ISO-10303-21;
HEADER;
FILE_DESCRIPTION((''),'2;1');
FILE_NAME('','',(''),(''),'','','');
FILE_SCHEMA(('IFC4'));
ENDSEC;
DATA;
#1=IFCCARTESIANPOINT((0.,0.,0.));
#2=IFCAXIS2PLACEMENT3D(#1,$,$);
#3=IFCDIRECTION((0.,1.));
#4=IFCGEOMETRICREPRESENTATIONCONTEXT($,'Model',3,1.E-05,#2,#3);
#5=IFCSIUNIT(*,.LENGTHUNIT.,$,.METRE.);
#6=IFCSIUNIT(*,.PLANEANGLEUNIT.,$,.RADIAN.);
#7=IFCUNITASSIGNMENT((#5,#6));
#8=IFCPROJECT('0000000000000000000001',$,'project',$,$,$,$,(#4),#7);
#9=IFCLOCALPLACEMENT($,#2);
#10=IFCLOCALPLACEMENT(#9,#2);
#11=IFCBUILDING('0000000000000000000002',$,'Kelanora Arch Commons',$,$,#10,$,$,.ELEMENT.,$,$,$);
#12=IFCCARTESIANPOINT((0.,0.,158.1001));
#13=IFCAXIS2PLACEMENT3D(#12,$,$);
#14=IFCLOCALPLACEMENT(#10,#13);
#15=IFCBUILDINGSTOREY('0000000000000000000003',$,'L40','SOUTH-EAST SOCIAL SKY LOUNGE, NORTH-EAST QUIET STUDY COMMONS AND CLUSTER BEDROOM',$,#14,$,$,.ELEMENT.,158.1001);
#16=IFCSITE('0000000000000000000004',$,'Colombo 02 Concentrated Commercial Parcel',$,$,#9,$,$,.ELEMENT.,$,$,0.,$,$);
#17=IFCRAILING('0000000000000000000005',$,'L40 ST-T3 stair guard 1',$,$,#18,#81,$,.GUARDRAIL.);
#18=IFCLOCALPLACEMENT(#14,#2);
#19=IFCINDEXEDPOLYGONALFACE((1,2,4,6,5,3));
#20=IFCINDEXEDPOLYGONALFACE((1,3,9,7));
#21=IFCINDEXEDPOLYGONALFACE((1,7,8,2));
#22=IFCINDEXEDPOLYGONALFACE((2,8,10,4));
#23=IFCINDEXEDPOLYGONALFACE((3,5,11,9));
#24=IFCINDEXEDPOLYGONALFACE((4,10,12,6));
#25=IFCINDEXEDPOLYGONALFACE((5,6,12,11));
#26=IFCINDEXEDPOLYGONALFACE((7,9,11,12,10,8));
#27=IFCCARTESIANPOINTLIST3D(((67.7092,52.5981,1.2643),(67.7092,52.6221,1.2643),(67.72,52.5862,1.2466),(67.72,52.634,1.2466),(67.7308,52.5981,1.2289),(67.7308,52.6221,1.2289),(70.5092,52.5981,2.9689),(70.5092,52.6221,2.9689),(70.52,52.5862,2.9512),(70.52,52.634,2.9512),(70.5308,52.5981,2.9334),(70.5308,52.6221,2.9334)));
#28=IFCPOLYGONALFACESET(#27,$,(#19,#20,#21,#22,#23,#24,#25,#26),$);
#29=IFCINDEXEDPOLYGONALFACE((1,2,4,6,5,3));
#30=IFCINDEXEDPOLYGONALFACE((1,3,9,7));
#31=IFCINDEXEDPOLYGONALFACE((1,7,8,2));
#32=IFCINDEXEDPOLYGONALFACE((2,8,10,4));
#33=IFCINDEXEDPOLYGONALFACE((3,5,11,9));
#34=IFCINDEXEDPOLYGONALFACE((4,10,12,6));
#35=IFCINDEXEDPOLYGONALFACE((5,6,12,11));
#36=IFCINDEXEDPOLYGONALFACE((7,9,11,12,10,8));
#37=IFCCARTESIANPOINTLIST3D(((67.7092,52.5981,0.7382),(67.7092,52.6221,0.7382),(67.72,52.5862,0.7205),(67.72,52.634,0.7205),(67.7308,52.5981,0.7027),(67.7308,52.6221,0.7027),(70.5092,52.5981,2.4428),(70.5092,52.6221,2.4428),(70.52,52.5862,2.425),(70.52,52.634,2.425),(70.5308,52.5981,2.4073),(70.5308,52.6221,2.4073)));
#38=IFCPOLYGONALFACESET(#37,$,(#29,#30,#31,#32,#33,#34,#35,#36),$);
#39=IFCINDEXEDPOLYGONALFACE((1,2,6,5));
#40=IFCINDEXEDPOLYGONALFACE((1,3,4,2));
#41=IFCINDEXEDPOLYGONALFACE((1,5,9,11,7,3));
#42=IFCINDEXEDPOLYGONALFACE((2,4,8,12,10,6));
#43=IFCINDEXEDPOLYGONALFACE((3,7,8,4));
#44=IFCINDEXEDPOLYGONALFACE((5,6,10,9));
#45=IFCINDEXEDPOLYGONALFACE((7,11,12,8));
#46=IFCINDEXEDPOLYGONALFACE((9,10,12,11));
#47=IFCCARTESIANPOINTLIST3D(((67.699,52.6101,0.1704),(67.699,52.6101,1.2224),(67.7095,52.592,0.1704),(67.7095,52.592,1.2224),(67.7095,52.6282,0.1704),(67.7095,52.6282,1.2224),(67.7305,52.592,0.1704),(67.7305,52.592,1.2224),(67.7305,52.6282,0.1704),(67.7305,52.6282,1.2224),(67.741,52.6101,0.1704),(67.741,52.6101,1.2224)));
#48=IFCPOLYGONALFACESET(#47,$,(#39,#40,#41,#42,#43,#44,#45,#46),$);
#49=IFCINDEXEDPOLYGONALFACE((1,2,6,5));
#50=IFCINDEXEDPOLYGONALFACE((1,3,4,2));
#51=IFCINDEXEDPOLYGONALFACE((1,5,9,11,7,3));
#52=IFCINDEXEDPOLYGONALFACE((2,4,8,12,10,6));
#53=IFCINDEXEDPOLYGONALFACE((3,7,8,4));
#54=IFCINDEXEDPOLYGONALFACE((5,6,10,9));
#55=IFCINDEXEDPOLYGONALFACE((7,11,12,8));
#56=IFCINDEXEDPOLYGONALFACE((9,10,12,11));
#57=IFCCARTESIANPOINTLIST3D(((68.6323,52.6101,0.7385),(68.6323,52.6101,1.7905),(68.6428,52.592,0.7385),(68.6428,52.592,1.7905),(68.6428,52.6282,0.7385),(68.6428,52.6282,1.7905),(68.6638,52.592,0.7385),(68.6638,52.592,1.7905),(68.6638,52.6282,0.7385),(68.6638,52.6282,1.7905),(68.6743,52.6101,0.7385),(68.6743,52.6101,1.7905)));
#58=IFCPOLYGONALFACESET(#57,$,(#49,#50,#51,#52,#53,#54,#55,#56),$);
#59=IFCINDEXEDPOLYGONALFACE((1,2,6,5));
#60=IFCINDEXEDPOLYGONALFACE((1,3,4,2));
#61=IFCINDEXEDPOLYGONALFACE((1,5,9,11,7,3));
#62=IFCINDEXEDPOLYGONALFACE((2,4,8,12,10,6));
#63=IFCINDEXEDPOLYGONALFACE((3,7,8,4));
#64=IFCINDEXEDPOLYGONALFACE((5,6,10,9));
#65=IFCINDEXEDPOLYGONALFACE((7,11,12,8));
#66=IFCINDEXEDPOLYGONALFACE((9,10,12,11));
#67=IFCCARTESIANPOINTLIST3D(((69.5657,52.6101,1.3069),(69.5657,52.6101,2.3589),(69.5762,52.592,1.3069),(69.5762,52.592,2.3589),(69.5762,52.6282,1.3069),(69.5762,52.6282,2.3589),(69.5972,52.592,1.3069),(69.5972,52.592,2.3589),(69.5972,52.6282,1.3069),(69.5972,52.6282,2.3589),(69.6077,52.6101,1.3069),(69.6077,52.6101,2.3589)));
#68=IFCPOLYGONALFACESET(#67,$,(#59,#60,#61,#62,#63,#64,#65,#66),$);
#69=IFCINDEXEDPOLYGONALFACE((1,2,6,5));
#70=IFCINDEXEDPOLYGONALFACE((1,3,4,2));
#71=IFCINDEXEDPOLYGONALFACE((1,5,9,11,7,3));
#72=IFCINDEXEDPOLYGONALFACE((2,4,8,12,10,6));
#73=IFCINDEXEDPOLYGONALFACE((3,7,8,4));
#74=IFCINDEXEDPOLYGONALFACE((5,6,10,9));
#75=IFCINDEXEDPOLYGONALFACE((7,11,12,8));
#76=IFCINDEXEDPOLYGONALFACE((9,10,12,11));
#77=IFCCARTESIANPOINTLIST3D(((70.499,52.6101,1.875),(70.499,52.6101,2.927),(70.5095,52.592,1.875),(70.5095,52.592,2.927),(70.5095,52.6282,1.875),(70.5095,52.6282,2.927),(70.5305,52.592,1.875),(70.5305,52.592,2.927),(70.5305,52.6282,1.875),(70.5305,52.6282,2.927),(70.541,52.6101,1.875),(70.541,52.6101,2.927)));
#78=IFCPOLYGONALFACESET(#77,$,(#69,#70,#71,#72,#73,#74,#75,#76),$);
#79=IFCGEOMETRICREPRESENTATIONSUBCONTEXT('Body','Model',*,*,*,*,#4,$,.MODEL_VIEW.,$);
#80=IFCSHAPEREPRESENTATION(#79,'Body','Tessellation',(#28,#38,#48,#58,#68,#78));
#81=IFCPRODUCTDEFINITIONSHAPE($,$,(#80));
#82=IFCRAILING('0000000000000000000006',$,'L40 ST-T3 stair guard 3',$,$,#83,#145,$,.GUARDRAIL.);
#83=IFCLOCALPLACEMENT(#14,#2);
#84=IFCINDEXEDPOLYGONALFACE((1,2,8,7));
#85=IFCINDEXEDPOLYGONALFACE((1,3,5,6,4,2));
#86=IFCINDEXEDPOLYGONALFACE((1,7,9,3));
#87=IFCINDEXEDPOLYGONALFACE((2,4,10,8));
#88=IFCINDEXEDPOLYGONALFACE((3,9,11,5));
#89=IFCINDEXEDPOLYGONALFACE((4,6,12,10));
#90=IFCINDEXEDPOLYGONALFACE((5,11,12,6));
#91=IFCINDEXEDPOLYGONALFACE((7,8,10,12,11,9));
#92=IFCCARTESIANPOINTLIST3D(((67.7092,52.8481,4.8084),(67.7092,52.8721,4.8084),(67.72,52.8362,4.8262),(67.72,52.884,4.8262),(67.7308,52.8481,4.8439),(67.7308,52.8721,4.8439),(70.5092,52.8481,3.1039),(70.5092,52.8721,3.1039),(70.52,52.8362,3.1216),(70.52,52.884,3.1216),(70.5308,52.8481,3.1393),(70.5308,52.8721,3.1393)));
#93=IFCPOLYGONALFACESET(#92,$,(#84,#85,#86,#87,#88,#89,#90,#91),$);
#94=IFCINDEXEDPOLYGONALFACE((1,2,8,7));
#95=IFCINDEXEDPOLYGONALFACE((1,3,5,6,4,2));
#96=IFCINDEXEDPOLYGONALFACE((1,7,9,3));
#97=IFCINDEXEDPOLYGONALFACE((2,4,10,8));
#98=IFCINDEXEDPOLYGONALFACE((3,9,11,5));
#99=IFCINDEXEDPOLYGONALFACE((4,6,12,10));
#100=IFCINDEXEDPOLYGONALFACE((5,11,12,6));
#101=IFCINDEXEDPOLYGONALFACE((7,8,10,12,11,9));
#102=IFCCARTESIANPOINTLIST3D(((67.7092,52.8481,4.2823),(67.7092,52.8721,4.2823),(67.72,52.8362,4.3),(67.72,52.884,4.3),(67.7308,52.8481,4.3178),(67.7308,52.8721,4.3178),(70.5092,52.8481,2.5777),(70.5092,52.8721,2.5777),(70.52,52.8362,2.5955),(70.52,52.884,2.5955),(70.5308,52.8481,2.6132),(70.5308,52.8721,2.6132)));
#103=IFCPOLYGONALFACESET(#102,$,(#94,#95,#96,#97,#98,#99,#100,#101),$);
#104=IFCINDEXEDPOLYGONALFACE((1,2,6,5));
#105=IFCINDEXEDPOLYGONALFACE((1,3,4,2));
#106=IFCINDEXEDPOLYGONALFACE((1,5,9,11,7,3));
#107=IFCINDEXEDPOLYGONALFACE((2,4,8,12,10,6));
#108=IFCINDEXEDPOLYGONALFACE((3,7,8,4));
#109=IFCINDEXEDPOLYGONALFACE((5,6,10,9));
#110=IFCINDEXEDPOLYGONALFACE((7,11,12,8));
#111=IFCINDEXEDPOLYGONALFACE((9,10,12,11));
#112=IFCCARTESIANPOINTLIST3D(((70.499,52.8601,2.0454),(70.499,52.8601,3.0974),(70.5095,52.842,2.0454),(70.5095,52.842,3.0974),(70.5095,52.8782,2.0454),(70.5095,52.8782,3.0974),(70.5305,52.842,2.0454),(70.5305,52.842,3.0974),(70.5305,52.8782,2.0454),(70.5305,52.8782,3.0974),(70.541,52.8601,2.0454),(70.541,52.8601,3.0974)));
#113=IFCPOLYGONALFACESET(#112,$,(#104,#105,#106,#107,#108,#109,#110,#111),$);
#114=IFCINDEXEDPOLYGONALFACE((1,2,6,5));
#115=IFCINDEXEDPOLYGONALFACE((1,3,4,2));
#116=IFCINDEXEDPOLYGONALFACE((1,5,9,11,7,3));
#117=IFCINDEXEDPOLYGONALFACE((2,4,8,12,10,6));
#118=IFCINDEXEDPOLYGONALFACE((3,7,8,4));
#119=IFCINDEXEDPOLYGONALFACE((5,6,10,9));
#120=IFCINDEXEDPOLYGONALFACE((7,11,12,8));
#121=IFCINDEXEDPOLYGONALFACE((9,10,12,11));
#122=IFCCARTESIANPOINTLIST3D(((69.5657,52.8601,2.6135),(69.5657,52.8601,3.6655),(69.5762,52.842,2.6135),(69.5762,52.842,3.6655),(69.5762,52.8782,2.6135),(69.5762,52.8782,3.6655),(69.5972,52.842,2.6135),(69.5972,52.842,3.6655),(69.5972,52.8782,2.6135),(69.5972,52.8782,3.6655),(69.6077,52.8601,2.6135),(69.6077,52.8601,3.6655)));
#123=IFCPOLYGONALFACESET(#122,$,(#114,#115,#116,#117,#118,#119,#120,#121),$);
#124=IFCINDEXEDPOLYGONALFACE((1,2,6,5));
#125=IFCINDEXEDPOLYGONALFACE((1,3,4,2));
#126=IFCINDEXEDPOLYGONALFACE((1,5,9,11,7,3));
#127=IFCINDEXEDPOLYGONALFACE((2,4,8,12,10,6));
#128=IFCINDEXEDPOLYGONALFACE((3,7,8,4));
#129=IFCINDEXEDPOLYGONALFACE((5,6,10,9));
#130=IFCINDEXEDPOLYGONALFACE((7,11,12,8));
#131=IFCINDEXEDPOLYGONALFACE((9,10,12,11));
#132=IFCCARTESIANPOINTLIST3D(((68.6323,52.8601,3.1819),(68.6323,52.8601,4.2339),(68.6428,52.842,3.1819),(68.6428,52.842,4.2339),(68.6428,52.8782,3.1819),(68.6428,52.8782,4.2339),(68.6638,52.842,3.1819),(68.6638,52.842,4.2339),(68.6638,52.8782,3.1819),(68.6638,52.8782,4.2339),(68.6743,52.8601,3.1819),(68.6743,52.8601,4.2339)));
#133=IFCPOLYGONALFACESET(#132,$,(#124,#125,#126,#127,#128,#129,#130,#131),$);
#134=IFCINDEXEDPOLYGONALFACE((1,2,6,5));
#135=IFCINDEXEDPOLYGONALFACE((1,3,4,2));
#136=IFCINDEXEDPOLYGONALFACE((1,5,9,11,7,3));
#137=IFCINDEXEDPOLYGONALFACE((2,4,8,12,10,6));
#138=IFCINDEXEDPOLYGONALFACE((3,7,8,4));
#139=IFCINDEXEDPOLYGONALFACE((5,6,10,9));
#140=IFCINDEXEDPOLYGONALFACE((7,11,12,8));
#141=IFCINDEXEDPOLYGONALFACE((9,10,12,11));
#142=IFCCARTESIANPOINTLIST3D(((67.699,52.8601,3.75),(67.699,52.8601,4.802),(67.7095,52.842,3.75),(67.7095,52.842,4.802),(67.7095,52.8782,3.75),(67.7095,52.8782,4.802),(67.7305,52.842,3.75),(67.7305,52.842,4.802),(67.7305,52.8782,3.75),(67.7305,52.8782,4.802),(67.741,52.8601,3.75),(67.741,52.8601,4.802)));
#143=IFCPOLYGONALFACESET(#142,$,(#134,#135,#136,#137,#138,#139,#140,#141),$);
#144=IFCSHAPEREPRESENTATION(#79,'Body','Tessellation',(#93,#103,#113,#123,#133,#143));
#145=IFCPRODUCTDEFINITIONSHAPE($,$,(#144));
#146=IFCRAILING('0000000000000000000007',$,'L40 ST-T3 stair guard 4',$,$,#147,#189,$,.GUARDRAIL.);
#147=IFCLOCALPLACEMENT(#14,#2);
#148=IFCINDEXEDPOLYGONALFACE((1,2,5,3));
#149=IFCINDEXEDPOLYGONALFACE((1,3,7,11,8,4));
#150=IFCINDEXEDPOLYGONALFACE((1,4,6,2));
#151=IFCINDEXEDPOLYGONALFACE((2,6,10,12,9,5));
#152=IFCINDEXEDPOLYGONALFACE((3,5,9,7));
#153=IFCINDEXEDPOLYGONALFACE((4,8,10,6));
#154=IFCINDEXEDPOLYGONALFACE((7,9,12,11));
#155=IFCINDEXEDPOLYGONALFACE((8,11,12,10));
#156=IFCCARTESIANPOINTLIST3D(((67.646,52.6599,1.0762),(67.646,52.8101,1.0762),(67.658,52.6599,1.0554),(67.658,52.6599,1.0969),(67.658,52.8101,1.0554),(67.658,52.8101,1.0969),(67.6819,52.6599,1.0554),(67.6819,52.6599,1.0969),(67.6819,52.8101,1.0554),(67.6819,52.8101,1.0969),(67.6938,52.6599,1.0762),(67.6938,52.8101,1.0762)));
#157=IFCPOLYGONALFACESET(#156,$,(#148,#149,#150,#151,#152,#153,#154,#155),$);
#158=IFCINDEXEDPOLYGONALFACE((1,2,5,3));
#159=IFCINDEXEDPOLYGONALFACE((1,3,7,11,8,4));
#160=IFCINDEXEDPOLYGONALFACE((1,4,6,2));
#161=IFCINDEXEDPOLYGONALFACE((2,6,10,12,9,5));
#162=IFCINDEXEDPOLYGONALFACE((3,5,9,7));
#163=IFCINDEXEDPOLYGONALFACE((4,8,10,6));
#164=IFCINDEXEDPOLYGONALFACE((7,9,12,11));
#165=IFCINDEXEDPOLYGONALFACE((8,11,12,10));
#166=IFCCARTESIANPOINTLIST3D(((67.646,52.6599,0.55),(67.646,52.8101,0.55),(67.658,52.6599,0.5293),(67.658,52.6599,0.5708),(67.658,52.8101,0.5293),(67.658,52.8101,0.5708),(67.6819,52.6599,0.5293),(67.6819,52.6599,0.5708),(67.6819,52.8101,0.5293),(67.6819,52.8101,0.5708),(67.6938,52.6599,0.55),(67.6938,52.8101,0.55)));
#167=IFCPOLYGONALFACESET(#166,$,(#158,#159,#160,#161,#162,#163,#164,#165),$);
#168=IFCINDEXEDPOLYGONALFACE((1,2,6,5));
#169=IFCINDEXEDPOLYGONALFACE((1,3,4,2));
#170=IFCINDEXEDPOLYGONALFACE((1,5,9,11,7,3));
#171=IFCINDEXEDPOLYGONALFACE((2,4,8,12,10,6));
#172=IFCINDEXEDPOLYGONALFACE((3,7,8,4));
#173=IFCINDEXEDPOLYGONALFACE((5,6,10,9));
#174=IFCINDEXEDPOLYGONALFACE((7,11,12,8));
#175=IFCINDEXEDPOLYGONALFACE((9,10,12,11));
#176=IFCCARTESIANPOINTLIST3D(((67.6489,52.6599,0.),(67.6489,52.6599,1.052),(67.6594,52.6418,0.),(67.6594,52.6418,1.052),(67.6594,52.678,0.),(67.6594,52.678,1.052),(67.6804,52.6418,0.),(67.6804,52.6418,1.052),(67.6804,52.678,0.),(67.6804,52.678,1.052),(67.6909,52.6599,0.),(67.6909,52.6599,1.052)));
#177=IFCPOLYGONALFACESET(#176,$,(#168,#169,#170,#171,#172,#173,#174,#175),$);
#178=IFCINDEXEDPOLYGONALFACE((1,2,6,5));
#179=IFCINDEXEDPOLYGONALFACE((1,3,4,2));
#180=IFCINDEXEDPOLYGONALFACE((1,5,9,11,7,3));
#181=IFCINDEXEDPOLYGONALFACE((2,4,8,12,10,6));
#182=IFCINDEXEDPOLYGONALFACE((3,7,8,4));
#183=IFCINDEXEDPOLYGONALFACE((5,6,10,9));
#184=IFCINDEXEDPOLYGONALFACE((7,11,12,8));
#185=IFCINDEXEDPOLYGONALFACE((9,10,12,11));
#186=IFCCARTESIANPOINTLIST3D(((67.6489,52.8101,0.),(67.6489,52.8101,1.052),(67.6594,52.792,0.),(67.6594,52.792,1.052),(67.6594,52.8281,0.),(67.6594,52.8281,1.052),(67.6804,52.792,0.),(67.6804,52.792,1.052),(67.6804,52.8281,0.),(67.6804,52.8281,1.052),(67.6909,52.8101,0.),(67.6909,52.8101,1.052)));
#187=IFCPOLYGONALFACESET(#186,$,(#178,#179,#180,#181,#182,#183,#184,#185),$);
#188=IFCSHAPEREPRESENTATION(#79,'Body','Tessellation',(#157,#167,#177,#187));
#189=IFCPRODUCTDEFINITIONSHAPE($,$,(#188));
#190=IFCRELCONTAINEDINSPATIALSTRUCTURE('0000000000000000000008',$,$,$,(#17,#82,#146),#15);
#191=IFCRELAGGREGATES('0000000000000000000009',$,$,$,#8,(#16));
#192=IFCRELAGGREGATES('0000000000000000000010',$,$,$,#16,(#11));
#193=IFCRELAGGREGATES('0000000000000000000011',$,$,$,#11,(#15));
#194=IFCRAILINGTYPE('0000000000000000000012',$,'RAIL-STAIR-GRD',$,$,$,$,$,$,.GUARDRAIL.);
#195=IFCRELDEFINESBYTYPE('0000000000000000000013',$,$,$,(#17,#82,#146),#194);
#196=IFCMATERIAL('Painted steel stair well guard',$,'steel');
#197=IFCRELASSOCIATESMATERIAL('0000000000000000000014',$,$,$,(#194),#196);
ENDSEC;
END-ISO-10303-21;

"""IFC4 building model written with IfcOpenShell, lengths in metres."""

from ifc_helpers import new_model, si_unit, direction, frame, origin, place, context, subcontext, project, spatial, polyline, outline, extrude, material, type_object, element, save


model = new_model("IFC4")

# Units and contexts
model_context = context("Model", 3, precision=1e-05, world=origin(), true_north=direction((0.0, 1.0)))
body_context = subcontext(model_context, "Body", "Model", "MODEL_VIEW")
ifc_project = project(units=[si_unit("LENGTHUNIT", "METRE"), si_unit("PLANEANGLEUNIT", "RADIAN")], contexts=[model_context])

# Site, building, storey
site_placement = place(None, origin())
site = spatial("IfcSite", under=ifc_project, at=site_placement, Name="Colombo 02 Concentrated Commercial Parcel", CompositionType="ELEMENT", RefElevation=0.0)
building_placement = place(site_placement, origin())
building = spatial("IfcBuilding", under=site, at=building_placement, Name="Kelanora Arch Commons", CompositionType="ELEMENT")
storey_placement = place(building_placement, frame((0.0, 0.0, 158.1001)))
storey = spatial("IfcBuildingStorey", under=building, at=storey_placement, Name="L40", Description="SOUTH-EAST SOCIAL SKY LOUNGE, NORTH-EAST QUIET STUDY COMMONS AND CLUSTER BEDROOM", CompositionType="ELEMENT", Elevation=158.1001)

# Railings
ifc_material_1 = material(Name="Painted steel stair well guard", Category="steel")
railing_type_1 = type_object("IfcRailingType", Name="RAIL-STAIR-GRD", PredefinedType="GUARDRAIL", material=ifc_material_1)
railing_1_placement = place(storey_placement, frame((67.72, 52.6101, 0.1704)))
element("IfcRailing", 1, at=railing_1_placement, inside=storey, type_object=railing_type_1, Name="L40 ST-T3 stair guard 1", PredefinedType="GUARDRAIL", context=body_context, shape_type="SweptSolid", body=[
    extrude(outline(polyline([(0.0239, 0.0), (0.012, 0.0208), (-0.012, 0.0208), (-0.0239, 0.0), (-0.012, -0.0208), (0.012, -0.0208), (0.0239, 0.0)])), frame((0.0, 0.0, 1.0762), z_axis=(0.85417, 0.0, 0.519994), x_axis=(0.0, 1.0, 0.0)), (0.0, 0.0, 1.0), 3.2781),
    extrude(outline(polyline([(0.0239, 0.0), (0.012, 0.0208), (-0.012, 0.0208), (-0.0239, 0.0), (-0.012, -0.0208), (0.012, -0.0208), (0.0239, 0.0)])), frame((0.0, 0.0, 0.55), z_axis=(0.85417, 0.0, 0.519994), x_axis=(0.0, 1.0, 0.0)), (0.0, 0.0, 1.0), 3.2781),
    extrude(outline(polyline([(0.021, 0.0), (0.0105, 0.0181), (-0.0105, 0.0181), (-0.021, 0.0), (-0.0105, -0.0181), (0.0105, -0.0181), (0.021, 0.0)])), origin(), (0.0, 0.0, 1.0), 1.052),
    extrude(outline(polyline([(0.021, 0.0), (0.0105, 0.0181), (-0.0105, 0.0181), (-0.021, 0.0), (-0.0105, -0.0181), (0.0105, -0.0181), (0.021, 0.0)])), frame((0.9333, 0.0, 0.5681)), (0.0, 0.0, 1.0), 1.052),
    extrude(outline(polyline([(0.021, 0.0), (0.0105, 0.0181), (-0.0105, 0.0181), (-0.021, 0.0), (-0.0105, -0.0181), (0.0105, -0.0181), (0.021, 0.0)])), frame((1.8667, 0.0, 1.1365)), (0.0, 0.0, 1.0), 1.052),
    extrude(outline(polyline([(0.021, 0.0), (0.0105, 0.0181), (-0.0105, 0.0181), (-0.021, 0.0), (-0.0105, -0.0181), (0.0105, -0.0181), (0.021, 0.0)])), frame((2.8, 0.0, 1.7046)), (0.0, 0.0, 1.0), 1.052),
])
railing_2_placement = place(storey_placement, frame((70.52, 52.8601, 2.0454)))
element("IfcRailing", 2, at=railing_2_placement, inside=storey, type_object=railing_type_1, Name="L40 ST-T3 stair guard 3", PredefinedType="GUARDRAIL", context=body_context, shape_type="SweptSolid", body=[
    extrude(outline(polyline([(0.0239, 0.0), (0.012, 0.0208), (-0.012, 0.0208), (-0.0239, 0.0), (-0.012, -0.0208), (0.012, -0.0208), (0.0239, 0.0)])), frame((0.0, 0.0, 1.0762), z_axis=(-0.85417, 0.0, 0.519994), x_axis=(0.0, -1.0, 0.0)), (0.0, 0.0, 1.0), 3.2781),
    extrude(outline(polyline([(0.0239, 0.0), (0.012, 0.0208), (-0.012, 0.0208), (-0.0239, 0.0), (-0.012, -0.0208), (0.012, -0.0208), (0.0239, 0.0)])), frame((0.0, 0.0, 0.55), z_axis=(-0.85417, 0.0, 0.519994), x_axis=(0.0, -1.0, 0.0)), (0.0, 0.0, 1.0), 3.2781),
    extrude(outline(polyline([(0.021, 0.0), (0.0105, 0.0181), (-0.0105, 0.0181), (-0.021, 0.0), (-0.0105, -0.0181), (0.0105, -0.0181), (0.021, 0.0)])), origin(), (0.0, 0.0, 1.0), 1.052),
    extrude(outline(polyline([(0.021, 0.0), (0.0105, 0.0181), (-0.0105, 0.0181), (-0.021, 0.0), (-0.0105, -0.0181), (0.0105, -0.0181), (0.021, 0.0)])), frame((-0.9333, 0.0, 0.5681)), (0.0, 0.0, 1.0), 1.052),
    extrude(outline(polyline([(0.021, 0.0), (0.0105, 0.0181), (-0.0105, 0.0181), (-0.021, 0.0), (-0.0105, -0.0181), (0.0105, -0.0181), (0.021, 0.0)])), frame((-1.8667, 0.0, 1.1365)), (0.0, 0.0, 1.0), 1.052),
    extrude(outline(polyline([(0.021, 0.0), (0.0105, 0.0181), (-0.0105, 0.0181), (-0.021, 0.0), (-0.0105, -0.0181), (0.0105, -0.0181), (0.021, 0.0)])), frame((-2.8, 0.0, 1.7046)), (0.0, 0.0, 1.0), 1.052),
])
railing_3_placement = place(storey_placement, frame((67.6699, 52.6599, 0.0)))
element("IfcRailing", 3, at=railing_3_placement, inside=storey, type_object=railing_type_1, Name="L40 ST-T3 stair guard 4", PredefinedType="GUARDRAIL", context=body_context, shape_type="SweptSolid", body=[
    extrude(outline(polyline([(0.0239, 0.0), (0.012, 0.0208), (-0.012, 0.0208), (-0.0239, 0.0), (-0.012, -0.0208), (0.012, -0.0208), (0.0239, 0.0)])), frame((0.0, 0.0, 1.0762), z_axis=(0.0, 1.0, 0.0), x_axis=(-1.0, 0.0, 0.0)), (0.0, 0.0, 1.0), 0.1501),
    extrude(outline(polyline([(0.0239, 0.0), (0.012, 0.0208), (-0.012, 0.0208), (-0.0239, 0.0), (-0.012, -0.0208), (0.012, -0.0208), (0.0239, 0.0)])), frame((0.0, 0.0, 0.55), z_axis=(0.0, 1.0, 0.0), x_axis=(-1.0, 0.0, 0.0)), (0.0, 0.0, 1.0), 0.1501),
    extrude(outline(polyline([(0.021, 0.0), (0.0105, 0.0181), (-0.0105, 0.0181), (-0.021, 0.0), (-0.0105, -0.0181), (0.0105, -0.0181), (0.021, 0.0)])), origin(), (0.0, 0.0, 1.0), 1.052),
    extrude(outline(polyline([(0.021, 0.0), (0.0105, 0.0181), (-0.0105, 0.0181), (-0.021, 0.0), (-0.0105, -0.0181), (0.0105, -0.0181), (0.021, 0.0)])), frame((0.0, 0.1501, 0.0)), (0.0, 0.0, 1.0), 1.052),
])

save(model, "model.ifc")
